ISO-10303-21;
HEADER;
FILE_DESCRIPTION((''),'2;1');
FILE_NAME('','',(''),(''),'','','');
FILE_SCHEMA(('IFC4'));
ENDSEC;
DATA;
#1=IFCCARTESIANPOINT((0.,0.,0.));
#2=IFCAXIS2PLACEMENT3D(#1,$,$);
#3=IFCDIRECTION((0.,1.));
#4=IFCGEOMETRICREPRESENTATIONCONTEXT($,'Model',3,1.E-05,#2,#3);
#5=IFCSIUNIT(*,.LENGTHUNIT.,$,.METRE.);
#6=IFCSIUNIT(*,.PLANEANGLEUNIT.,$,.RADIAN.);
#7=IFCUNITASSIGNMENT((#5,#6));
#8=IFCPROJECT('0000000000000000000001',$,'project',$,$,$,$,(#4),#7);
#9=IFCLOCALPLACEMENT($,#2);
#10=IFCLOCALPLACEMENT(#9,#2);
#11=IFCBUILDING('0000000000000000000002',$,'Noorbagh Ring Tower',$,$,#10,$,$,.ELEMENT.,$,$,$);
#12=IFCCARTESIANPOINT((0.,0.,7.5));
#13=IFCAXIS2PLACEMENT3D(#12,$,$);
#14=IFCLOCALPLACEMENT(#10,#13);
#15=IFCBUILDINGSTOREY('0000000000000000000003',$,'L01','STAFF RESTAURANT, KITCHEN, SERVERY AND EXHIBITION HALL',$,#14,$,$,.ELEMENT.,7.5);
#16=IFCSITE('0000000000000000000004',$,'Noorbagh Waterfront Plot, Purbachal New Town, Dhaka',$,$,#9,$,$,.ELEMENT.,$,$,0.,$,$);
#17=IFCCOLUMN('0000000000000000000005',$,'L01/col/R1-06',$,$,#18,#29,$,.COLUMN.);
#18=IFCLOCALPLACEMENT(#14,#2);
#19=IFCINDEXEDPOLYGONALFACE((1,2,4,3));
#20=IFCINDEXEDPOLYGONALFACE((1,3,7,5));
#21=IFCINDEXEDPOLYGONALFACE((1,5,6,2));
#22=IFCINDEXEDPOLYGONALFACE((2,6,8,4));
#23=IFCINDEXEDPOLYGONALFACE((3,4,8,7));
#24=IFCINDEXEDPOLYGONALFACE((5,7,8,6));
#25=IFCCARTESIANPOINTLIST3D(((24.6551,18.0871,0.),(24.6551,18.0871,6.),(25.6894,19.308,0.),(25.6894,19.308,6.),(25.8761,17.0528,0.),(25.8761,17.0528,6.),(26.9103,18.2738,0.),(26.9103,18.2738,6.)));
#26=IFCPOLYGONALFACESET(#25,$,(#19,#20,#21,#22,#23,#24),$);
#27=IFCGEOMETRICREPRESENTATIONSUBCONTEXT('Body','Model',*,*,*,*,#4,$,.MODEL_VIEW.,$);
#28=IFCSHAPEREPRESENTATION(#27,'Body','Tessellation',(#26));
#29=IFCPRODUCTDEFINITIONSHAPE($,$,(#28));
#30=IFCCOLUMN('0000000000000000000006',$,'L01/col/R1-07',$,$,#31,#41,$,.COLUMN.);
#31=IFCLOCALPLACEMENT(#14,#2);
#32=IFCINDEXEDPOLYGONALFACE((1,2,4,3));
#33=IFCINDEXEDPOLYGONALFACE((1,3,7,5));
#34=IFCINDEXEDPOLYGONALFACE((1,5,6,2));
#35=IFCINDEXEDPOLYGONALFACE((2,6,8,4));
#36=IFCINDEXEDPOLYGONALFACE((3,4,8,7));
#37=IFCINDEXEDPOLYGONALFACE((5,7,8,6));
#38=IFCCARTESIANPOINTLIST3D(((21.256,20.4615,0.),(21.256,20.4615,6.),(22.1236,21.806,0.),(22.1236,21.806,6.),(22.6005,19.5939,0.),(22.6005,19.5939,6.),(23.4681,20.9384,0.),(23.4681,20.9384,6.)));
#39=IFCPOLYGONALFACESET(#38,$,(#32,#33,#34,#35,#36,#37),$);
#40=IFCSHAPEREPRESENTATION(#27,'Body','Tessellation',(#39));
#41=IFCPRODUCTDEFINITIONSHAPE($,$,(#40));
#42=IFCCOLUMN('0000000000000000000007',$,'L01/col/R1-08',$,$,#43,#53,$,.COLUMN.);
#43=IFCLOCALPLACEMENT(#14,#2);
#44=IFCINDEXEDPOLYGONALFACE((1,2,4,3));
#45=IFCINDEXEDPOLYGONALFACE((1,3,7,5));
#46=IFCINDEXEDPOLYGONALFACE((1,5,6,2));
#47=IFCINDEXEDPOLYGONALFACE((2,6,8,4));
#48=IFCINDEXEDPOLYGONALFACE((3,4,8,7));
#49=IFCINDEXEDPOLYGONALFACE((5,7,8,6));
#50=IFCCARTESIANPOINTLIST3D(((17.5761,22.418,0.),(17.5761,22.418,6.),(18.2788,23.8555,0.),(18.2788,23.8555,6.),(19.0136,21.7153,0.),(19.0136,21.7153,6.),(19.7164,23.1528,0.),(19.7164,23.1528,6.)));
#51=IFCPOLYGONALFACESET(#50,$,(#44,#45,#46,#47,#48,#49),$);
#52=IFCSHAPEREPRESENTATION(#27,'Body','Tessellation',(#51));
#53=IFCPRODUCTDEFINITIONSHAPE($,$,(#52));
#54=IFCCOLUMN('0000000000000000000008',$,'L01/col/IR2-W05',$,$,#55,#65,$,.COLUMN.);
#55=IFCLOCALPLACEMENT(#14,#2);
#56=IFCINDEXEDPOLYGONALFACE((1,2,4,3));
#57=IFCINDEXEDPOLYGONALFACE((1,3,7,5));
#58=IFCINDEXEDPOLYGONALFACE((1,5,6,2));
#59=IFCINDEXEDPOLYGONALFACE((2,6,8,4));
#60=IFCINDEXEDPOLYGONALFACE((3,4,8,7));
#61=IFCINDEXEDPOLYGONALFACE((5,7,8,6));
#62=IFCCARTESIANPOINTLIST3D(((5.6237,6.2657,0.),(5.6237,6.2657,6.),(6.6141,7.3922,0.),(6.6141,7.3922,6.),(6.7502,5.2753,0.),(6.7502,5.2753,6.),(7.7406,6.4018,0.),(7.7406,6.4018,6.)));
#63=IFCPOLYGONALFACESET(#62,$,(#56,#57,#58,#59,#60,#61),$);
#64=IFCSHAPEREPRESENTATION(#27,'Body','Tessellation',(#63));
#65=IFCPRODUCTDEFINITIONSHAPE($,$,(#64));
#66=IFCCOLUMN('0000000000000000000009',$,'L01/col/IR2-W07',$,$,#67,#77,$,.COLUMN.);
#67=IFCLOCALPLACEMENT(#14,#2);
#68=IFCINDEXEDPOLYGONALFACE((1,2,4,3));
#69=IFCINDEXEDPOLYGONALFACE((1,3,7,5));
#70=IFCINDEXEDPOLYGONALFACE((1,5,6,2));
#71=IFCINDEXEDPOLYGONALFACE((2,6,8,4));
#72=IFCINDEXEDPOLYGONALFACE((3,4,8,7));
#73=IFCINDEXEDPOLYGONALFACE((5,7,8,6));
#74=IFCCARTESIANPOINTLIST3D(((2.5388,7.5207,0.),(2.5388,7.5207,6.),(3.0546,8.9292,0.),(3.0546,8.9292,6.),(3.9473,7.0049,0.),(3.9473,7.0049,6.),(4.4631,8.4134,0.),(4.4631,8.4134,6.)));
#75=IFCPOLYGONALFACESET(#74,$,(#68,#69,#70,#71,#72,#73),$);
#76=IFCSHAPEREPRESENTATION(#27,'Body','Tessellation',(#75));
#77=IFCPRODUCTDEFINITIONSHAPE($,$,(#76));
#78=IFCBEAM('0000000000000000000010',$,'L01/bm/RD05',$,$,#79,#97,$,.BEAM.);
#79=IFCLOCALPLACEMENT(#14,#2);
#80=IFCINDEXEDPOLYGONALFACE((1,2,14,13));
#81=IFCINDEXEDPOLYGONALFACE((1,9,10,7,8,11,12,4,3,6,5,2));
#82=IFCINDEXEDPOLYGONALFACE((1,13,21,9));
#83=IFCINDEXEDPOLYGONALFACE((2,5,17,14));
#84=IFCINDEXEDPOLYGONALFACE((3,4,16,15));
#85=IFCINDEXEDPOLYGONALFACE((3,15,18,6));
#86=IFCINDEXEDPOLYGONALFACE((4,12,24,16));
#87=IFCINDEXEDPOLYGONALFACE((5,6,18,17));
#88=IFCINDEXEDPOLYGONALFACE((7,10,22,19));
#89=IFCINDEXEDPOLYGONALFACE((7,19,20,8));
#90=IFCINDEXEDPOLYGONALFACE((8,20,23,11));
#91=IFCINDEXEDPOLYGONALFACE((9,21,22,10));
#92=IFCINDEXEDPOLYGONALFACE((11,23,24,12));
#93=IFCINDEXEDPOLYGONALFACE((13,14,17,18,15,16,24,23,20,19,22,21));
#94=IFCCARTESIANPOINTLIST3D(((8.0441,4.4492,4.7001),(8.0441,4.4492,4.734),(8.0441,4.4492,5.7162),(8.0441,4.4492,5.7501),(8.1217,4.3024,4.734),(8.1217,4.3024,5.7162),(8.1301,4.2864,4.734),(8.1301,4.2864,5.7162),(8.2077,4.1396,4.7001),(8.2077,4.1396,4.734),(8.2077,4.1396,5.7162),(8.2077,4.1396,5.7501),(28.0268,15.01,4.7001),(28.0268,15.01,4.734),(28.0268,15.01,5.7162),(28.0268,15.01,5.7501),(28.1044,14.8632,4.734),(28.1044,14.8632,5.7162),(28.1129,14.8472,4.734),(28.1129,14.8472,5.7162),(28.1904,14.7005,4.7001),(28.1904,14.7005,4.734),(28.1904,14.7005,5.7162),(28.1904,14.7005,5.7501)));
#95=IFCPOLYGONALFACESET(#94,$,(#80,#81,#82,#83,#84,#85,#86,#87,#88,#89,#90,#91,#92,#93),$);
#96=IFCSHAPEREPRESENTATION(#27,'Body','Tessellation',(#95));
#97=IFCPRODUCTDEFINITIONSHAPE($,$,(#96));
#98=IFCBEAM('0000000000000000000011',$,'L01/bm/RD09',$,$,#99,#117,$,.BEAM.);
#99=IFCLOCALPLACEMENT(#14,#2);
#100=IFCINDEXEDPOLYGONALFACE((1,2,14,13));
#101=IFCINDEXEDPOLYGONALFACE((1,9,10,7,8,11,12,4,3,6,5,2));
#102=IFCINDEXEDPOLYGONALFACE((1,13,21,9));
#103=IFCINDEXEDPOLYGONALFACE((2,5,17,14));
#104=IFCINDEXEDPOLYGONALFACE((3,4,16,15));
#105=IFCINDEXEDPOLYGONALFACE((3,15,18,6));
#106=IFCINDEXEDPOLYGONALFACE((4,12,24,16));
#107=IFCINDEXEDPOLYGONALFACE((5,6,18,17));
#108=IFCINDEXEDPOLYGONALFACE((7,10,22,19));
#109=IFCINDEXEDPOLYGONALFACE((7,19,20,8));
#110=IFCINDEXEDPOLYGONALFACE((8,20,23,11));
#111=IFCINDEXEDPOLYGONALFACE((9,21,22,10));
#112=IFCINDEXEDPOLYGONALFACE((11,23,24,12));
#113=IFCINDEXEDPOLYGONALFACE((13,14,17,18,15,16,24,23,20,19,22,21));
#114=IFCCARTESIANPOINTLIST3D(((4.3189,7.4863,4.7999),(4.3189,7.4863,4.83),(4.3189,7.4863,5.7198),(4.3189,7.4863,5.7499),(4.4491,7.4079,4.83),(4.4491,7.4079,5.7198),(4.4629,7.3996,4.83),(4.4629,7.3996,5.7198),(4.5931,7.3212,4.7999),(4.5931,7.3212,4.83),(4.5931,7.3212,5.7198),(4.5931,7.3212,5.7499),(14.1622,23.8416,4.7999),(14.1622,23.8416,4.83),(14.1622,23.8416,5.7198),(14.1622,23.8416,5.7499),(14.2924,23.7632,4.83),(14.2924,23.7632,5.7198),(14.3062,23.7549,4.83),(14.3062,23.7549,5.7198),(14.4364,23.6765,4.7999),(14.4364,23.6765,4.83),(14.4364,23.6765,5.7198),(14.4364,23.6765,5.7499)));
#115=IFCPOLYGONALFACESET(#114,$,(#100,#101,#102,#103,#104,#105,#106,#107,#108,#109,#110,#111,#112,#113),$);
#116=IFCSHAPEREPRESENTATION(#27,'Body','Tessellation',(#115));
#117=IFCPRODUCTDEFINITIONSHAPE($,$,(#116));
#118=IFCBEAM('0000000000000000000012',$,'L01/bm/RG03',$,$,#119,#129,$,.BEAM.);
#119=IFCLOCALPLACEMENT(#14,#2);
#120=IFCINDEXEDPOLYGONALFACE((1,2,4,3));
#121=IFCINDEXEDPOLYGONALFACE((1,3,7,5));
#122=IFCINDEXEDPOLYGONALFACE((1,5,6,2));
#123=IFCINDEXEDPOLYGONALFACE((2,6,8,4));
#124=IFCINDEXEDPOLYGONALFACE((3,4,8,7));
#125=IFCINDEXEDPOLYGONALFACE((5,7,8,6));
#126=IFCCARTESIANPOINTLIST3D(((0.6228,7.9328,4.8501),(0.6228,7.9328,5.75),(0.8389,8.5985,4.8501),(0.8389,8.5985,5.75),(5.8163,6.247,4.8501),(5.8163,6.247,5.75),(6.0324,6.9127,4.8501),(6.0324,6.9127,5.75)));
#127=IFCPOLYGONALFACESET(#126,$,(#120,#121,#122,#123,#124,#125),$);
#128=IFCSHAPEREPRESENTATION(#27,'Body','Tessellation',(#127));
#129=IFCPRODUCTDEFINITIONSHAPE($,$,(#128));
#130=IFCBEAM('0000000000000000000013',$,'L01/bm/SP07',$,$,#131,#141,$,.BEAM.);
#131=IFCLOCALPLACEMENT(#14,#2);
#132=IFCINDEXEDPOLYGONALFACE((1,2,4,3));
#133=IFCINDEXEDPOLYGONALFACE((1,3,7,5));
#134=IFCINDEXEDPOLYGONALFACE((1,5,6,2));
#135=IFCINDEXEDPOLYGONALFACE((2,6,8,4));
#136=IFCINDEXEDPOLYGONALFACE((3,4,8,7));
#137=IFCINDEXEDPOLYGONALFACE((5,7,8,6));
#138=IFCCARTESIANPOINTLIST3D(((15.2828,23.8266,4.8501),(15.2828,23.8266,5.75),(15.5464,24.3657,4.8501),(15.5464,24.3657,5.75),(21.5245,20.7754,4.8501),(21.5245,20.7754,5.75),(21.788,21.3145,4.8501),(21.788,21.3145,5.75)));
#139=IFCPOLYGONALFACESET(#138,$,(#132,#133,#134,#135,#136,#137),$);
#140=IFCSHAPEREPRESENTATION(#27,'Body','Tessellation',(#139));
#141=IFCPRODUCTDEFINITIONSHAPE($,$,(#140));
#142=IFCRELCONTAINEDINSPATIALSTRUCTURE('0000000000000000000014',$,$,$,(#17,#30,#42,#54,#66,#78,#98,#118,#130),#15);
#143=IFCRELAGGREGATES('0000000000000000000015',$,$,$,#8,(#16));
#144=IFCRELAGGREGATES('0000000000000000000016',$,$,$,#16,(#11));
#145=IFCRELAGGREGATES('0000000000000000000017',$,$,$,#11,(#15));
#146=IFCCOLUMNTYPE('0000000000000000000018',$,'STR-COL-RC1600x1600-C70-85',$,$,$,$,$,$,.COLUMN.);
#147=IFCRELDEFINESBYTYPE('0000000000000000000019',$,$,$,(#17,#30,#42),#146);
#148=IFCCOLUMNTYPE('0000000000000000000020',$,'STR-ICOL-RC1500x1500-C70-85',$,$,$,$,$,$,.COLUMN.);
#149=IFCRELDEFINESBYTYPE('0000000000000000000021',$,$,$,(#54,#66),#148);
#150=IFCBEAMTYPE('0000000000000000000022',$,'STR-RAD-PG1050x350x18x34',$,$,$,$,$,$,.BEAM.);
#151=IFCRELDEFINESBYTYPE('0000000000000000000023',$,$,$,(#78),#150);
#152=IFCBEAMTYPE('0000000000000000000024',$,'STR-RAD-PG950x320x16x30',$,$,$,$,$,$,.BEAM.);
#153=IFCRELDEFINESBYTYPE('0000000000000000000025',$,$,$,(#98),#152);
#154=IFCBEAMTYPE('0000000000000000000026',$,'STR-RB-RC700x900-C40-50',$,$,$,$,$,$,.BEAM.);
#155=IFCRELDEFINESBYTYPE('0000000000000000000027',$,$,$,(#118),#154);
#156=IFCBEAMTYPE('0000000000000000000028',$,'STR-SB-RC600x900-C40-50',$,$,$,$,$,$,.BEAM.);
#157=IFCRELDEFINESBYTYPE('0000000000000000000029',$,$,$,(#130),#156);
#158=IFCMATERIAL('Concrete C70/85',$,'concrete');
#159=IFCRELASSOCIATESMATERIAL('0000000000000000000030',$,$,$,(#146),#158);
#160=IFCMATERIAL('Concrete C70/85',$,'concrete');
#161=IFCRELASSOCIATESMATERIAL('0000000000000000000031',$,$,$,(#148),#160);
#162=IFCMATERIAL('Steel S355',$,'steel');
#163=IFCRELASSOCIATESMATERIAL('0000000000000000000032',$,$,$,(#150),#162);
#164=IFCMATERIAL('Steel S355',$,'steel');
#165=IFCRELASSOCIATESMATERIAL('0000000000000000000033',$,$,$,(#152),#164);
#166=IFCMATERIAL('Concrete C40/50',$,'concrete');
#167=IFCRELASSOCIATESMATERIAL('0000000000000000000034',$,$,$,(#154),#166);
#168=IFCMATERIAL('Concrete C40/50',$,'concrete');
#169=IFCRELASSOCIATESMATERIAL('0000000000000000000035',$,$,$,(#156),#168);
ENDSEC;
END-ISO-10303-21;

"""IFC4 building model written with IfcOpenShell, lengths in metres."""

from ifc_helpers import new_model, si_unit, direction, frame, origin, origin_2d, place, context, subcontext, project, spatial, rectangle, i_section, extrude, material, material_profile, profile_set, type_object, element, save


model = new_model("IFC4")

# Units and contexts
model_context = context("Model", 3, precision=1e-05, world=origin(), true_north=direction((0.0, 1.0)))
body_context = subcontext(model_context, "Body", "Model", "MODEL_VIEW")
ifc_project = project(units=[si_unit("LENGTHUNIT", "METRE"), si_unit("PLANEANGLEUNIT", "RADIAN")], contexts=[model_context])

# Site, building, storey
site_placement = place(None, origin())
site = spatial("IfcSite", under=ifc_project, at=site_placement, Name="Noorbagh Waterfront Plot, Purbachal New Town, Dhaka", CompositionType="ELEMENT", RefElevation=0.0)
building_placement = place(site_placement, origin())
building = spatial("IfcBuilding", under=site, at=building_placement, Name="Noorbagh Ring Tower", CompositionType="ELEMENT")
storey_placement = place(building_placement, frame((0.0, 0.0, 7.5)))
storey = spatial("IfcBuildingStorey", under=building, at=storey_placement, Name="L01", Description="STAFF RESTAURANT, KITCHEN, SERVERY AND EXHIBITION HALL", CompositionType="ELEMENT", Elevation=7.5)

# Columns
ifc_material_1 = material(Name="Concrete C70/85", Category="concrete")
ifc_material_profile_1 = material_profile(ifc_material_1, rectangle(XDim=1.6001, YDim=1.6001, at=origin_2d()), Name="RC1600x1600")
ifc_profile_set_1 = profile_set([ifc_material_profile_1], Name="Concrete C70/85")
column_type_1 = type_object("IfcColumnType", Name="STR-COL-RC1600x1600-C70-85", PredefinedType="COLUMN", material=ifc_profile_set_1)
for number, where, z_axis, x_axis, name in (
    (1, (25.7827, 18.1804, 0.0), (0.0, 0.0, 1.0), (-0.763035, 0.646357, 0.0), "L01/col/R1-06"),
    (2, (22.3621, 20.7, 0.0), (0.0, 0.0, 1.0), (-0.840248, 0.542203, 0.0), "L01/col/R1-07"),
    (3, (18.6462, 22.7854, 0.0), (0.0, 0.0, 1.0), (-0.898399, 0.43918, 0.0), "L01/col/R1-08"),
):
    element("IfcColumn", number, at=place(storey_placement, frame(where, z_axis=z_axis, x_axis=x_axis)), inside=storey, type_object=column_type_1, Name=name, PredefinedType="COLUMN", context=body_context, shape_type="SweptSolid", body=[
        extrude(rectangle(XDim=1.6001, YDim=1.6001, at=origin_2d()), origin(), (0.0, 0.0, 1.0), 6.0),
    ])
ifc_material_2 = material(Name="Concrete C70/85", Category="concrete")
ifc_material_profile_2 = material_profile(ifc_material_2, rectangle(XDim=1.5, YDim=1.5, at=origin_2d()), Name="RC1500x1500")
ifc_profile_set_2 = profile_set([ifc_material_profile_2], Name="Concrete C70/85")
column_type_2 = type_object("IfcColumnType", Name="STR-ICOL-RC1500x1500-C70-85", PredefinedType="COLUMN", material=ifc_profile_set_2)
for number, where, z_axis, x_axis, name in (
    (4, (6.6821, 6.3337, 0.0), (0.0, 0.0, 1.0), (-0.751022, 0.660277, 0.0), "L01/col/IR2-W05"),
    (5, (3.501, 7.967, 0.0), (0.0, 0.0, 1.0), (-0.93902, 0.343864, 0.0), "L01/col/IR2-W07"),
):
    element("IfcColumn", number, at=place(storey_placement, frame(where, z_axis=z_axis, x_axis=x_axis)), inside=storey, type_object=column_type_2, Name=name, PredefinedType="COLUMN", context=body_context, shape_type="SweptSolid", body=[
        extrude(rectangle(XDim=1.5, YDim=1.5, at=origin_2d()), origin(), (0.0, 0.0, 1.0), 6.0),
    ])

# Beams
ifc_material_3 = material(Name="Steel S355", Category="steel")
ifc_material_profile_3 = material_profile(ifc_material_3, i_section(OverallWidth=0.3501, OverallDepth=1.05, WebThickness=0.0181, FlangeThickness=0.0339, at=origin_2d()), Name="PG1050x350x18x34")
ifc_profile_set_3 = profile_set([ifc_material_profile_3], Name="Steel S355")
beam_type_1 = type_object("IfcBeamType", Name="STR-RAD-PG1050x350x18x34", PredefinedType="BEAM", material=ifc_profile_set_3)
beam_1_placement = place(storey_placement, frame((28.1086, 14.8552, 5.2251), z_axis=(-0.884122, -0.467256, 0.0), x_axis=(0.467256, -0.884122, 0.0)))
element("IfcBeam", 6, at=beam_1_placement, inside=storey, type_object=beam_type_1, Name="L01/bm/RD05", PredefinedType="BEAM", context=body_context, shape_type="SweptSolid", body=[
    extrude(i_section(OverallWidth=0.3501, OverallDepth=1.05, WebThickness=0.0181, FlangeThickness=0.0339, at=origin_2d()), origin(), (0.0, 0.0, 1.0), 22.6018),
])
ifc_material_4 = material(Name="Steel S355", Category="steel")
ifc_material_profile_4 = material_profile(ifc_material_4, i_section(OverallWidth=0.3201, OverallDepth=0.95, WebThickness=0.0161, FlangeThickness=0.03, at=origin_2d()), Name="PG950x320x16x30")
ifc_profile_set_4 = profile_set([ifc_material_profile_4], Name="Steel S355")
beam_type_2 = type_object("IfcBeamType", Name="STR-RAD-PG950x320x16x30", PredefinedType="BEAM", material=ifc_profile_set_4)
beam_2_placement = place(storey_placement, frame((14.2993, 23.759, 5.2749), z_axis=(-0.515656, -0.856796, 0.0), x_axis=(0.856796, -0.515656, 0.0)))
element("IfcBeam", 7, at=beam_2_placement, inside=storey, type_object=beam_type_2, Name="L01/bm/RD09", PredefinedType="BEAM", context=body_context, shape_type="SweptSolid", body=[
    extrude(i_section(OverallWidth=0.3201, OverallDepth=0.95, WebThickness=0.0161, FlangeThickness=0.03, at=origin_2d()), origin(), (0.0, 0.0, 1.0), 19.0889),
])
ifc_material_5 = material(Name="Concrete C40/50", Category="concrete")
ifc_material_profile_5 = material_profile(ifc_material_5, rectangle(XDim=0.7, YDim=0.8999, at=origin_2d()), Name="RC700x900")
ifc_profile_set_5 = profile_set([ifc_material_profile_5], Name="Concrete C40/50")
beam_type_3 = type_object("IfcBeamType", Name="STR-RB-RC700x900-C40-50", PredefinedType="BEAM", material=ifc_profile_set_5)
beam_3_placement = place(storey_placement, frame((5.9243, 6.5798, 5.3), z_axis=(-0.951144, 0.308746, 0.0), x_axis=(-0.308746, -0.951144, 0.0)))
element("IfcBeam", 8, at=beam_3_placement, inside=storey, type_object=beam_type_3, Name="L01/bm/RG03", PredefinedType="BEAM", context=body_context, shape_type="SweptSolid", body=[
    extrude(rectangle(XDim=0.7, YDim=0.8999, at=origin_2d()), origin(), (0.0, 0.0, 1.0), 5.4602),
])
ifc_material_6 = material(Name="Concrete C40/50", Category="concrete")
ifc_material_profile_6 = material_profile(ifc_material_6, rectangle(XDim=0.6001, YDim=0.8999, at=origin_2d()), Name="RC600x900")
ifc_profile_set_6 = profile_set([ifc_material_profile_6], Name="Concrete C40/50")
beam_type_4 = type_object("IfcBeamType", Name="STR-SB-RC600x900-C40-50", PredefinedType="BEAM", material=ifc_profile_set_6)
beam_4_placement = place(storey_placement, frame((21.6562, 21.0449, 5.3), z_axis=(-0.898397, 0.439184, 0.0), x_axis=(-0.439184, -0.898397, 0.0)))
element("IfcBeam", 9, at=beam_4_placement, inside=storey, type_object=beam_type_4, Name="L01/bm/SP07", PredefinedType="BEAM", context=body_context, shape_type="SweptSolid", body=[
    extrude(rectangle(XDim=0.6001, YDim=0.8999, at=origin_2d()), origin(), (0.0, 0.0, 1.0), 6.9475),
])

save(model, "model.ifc")
